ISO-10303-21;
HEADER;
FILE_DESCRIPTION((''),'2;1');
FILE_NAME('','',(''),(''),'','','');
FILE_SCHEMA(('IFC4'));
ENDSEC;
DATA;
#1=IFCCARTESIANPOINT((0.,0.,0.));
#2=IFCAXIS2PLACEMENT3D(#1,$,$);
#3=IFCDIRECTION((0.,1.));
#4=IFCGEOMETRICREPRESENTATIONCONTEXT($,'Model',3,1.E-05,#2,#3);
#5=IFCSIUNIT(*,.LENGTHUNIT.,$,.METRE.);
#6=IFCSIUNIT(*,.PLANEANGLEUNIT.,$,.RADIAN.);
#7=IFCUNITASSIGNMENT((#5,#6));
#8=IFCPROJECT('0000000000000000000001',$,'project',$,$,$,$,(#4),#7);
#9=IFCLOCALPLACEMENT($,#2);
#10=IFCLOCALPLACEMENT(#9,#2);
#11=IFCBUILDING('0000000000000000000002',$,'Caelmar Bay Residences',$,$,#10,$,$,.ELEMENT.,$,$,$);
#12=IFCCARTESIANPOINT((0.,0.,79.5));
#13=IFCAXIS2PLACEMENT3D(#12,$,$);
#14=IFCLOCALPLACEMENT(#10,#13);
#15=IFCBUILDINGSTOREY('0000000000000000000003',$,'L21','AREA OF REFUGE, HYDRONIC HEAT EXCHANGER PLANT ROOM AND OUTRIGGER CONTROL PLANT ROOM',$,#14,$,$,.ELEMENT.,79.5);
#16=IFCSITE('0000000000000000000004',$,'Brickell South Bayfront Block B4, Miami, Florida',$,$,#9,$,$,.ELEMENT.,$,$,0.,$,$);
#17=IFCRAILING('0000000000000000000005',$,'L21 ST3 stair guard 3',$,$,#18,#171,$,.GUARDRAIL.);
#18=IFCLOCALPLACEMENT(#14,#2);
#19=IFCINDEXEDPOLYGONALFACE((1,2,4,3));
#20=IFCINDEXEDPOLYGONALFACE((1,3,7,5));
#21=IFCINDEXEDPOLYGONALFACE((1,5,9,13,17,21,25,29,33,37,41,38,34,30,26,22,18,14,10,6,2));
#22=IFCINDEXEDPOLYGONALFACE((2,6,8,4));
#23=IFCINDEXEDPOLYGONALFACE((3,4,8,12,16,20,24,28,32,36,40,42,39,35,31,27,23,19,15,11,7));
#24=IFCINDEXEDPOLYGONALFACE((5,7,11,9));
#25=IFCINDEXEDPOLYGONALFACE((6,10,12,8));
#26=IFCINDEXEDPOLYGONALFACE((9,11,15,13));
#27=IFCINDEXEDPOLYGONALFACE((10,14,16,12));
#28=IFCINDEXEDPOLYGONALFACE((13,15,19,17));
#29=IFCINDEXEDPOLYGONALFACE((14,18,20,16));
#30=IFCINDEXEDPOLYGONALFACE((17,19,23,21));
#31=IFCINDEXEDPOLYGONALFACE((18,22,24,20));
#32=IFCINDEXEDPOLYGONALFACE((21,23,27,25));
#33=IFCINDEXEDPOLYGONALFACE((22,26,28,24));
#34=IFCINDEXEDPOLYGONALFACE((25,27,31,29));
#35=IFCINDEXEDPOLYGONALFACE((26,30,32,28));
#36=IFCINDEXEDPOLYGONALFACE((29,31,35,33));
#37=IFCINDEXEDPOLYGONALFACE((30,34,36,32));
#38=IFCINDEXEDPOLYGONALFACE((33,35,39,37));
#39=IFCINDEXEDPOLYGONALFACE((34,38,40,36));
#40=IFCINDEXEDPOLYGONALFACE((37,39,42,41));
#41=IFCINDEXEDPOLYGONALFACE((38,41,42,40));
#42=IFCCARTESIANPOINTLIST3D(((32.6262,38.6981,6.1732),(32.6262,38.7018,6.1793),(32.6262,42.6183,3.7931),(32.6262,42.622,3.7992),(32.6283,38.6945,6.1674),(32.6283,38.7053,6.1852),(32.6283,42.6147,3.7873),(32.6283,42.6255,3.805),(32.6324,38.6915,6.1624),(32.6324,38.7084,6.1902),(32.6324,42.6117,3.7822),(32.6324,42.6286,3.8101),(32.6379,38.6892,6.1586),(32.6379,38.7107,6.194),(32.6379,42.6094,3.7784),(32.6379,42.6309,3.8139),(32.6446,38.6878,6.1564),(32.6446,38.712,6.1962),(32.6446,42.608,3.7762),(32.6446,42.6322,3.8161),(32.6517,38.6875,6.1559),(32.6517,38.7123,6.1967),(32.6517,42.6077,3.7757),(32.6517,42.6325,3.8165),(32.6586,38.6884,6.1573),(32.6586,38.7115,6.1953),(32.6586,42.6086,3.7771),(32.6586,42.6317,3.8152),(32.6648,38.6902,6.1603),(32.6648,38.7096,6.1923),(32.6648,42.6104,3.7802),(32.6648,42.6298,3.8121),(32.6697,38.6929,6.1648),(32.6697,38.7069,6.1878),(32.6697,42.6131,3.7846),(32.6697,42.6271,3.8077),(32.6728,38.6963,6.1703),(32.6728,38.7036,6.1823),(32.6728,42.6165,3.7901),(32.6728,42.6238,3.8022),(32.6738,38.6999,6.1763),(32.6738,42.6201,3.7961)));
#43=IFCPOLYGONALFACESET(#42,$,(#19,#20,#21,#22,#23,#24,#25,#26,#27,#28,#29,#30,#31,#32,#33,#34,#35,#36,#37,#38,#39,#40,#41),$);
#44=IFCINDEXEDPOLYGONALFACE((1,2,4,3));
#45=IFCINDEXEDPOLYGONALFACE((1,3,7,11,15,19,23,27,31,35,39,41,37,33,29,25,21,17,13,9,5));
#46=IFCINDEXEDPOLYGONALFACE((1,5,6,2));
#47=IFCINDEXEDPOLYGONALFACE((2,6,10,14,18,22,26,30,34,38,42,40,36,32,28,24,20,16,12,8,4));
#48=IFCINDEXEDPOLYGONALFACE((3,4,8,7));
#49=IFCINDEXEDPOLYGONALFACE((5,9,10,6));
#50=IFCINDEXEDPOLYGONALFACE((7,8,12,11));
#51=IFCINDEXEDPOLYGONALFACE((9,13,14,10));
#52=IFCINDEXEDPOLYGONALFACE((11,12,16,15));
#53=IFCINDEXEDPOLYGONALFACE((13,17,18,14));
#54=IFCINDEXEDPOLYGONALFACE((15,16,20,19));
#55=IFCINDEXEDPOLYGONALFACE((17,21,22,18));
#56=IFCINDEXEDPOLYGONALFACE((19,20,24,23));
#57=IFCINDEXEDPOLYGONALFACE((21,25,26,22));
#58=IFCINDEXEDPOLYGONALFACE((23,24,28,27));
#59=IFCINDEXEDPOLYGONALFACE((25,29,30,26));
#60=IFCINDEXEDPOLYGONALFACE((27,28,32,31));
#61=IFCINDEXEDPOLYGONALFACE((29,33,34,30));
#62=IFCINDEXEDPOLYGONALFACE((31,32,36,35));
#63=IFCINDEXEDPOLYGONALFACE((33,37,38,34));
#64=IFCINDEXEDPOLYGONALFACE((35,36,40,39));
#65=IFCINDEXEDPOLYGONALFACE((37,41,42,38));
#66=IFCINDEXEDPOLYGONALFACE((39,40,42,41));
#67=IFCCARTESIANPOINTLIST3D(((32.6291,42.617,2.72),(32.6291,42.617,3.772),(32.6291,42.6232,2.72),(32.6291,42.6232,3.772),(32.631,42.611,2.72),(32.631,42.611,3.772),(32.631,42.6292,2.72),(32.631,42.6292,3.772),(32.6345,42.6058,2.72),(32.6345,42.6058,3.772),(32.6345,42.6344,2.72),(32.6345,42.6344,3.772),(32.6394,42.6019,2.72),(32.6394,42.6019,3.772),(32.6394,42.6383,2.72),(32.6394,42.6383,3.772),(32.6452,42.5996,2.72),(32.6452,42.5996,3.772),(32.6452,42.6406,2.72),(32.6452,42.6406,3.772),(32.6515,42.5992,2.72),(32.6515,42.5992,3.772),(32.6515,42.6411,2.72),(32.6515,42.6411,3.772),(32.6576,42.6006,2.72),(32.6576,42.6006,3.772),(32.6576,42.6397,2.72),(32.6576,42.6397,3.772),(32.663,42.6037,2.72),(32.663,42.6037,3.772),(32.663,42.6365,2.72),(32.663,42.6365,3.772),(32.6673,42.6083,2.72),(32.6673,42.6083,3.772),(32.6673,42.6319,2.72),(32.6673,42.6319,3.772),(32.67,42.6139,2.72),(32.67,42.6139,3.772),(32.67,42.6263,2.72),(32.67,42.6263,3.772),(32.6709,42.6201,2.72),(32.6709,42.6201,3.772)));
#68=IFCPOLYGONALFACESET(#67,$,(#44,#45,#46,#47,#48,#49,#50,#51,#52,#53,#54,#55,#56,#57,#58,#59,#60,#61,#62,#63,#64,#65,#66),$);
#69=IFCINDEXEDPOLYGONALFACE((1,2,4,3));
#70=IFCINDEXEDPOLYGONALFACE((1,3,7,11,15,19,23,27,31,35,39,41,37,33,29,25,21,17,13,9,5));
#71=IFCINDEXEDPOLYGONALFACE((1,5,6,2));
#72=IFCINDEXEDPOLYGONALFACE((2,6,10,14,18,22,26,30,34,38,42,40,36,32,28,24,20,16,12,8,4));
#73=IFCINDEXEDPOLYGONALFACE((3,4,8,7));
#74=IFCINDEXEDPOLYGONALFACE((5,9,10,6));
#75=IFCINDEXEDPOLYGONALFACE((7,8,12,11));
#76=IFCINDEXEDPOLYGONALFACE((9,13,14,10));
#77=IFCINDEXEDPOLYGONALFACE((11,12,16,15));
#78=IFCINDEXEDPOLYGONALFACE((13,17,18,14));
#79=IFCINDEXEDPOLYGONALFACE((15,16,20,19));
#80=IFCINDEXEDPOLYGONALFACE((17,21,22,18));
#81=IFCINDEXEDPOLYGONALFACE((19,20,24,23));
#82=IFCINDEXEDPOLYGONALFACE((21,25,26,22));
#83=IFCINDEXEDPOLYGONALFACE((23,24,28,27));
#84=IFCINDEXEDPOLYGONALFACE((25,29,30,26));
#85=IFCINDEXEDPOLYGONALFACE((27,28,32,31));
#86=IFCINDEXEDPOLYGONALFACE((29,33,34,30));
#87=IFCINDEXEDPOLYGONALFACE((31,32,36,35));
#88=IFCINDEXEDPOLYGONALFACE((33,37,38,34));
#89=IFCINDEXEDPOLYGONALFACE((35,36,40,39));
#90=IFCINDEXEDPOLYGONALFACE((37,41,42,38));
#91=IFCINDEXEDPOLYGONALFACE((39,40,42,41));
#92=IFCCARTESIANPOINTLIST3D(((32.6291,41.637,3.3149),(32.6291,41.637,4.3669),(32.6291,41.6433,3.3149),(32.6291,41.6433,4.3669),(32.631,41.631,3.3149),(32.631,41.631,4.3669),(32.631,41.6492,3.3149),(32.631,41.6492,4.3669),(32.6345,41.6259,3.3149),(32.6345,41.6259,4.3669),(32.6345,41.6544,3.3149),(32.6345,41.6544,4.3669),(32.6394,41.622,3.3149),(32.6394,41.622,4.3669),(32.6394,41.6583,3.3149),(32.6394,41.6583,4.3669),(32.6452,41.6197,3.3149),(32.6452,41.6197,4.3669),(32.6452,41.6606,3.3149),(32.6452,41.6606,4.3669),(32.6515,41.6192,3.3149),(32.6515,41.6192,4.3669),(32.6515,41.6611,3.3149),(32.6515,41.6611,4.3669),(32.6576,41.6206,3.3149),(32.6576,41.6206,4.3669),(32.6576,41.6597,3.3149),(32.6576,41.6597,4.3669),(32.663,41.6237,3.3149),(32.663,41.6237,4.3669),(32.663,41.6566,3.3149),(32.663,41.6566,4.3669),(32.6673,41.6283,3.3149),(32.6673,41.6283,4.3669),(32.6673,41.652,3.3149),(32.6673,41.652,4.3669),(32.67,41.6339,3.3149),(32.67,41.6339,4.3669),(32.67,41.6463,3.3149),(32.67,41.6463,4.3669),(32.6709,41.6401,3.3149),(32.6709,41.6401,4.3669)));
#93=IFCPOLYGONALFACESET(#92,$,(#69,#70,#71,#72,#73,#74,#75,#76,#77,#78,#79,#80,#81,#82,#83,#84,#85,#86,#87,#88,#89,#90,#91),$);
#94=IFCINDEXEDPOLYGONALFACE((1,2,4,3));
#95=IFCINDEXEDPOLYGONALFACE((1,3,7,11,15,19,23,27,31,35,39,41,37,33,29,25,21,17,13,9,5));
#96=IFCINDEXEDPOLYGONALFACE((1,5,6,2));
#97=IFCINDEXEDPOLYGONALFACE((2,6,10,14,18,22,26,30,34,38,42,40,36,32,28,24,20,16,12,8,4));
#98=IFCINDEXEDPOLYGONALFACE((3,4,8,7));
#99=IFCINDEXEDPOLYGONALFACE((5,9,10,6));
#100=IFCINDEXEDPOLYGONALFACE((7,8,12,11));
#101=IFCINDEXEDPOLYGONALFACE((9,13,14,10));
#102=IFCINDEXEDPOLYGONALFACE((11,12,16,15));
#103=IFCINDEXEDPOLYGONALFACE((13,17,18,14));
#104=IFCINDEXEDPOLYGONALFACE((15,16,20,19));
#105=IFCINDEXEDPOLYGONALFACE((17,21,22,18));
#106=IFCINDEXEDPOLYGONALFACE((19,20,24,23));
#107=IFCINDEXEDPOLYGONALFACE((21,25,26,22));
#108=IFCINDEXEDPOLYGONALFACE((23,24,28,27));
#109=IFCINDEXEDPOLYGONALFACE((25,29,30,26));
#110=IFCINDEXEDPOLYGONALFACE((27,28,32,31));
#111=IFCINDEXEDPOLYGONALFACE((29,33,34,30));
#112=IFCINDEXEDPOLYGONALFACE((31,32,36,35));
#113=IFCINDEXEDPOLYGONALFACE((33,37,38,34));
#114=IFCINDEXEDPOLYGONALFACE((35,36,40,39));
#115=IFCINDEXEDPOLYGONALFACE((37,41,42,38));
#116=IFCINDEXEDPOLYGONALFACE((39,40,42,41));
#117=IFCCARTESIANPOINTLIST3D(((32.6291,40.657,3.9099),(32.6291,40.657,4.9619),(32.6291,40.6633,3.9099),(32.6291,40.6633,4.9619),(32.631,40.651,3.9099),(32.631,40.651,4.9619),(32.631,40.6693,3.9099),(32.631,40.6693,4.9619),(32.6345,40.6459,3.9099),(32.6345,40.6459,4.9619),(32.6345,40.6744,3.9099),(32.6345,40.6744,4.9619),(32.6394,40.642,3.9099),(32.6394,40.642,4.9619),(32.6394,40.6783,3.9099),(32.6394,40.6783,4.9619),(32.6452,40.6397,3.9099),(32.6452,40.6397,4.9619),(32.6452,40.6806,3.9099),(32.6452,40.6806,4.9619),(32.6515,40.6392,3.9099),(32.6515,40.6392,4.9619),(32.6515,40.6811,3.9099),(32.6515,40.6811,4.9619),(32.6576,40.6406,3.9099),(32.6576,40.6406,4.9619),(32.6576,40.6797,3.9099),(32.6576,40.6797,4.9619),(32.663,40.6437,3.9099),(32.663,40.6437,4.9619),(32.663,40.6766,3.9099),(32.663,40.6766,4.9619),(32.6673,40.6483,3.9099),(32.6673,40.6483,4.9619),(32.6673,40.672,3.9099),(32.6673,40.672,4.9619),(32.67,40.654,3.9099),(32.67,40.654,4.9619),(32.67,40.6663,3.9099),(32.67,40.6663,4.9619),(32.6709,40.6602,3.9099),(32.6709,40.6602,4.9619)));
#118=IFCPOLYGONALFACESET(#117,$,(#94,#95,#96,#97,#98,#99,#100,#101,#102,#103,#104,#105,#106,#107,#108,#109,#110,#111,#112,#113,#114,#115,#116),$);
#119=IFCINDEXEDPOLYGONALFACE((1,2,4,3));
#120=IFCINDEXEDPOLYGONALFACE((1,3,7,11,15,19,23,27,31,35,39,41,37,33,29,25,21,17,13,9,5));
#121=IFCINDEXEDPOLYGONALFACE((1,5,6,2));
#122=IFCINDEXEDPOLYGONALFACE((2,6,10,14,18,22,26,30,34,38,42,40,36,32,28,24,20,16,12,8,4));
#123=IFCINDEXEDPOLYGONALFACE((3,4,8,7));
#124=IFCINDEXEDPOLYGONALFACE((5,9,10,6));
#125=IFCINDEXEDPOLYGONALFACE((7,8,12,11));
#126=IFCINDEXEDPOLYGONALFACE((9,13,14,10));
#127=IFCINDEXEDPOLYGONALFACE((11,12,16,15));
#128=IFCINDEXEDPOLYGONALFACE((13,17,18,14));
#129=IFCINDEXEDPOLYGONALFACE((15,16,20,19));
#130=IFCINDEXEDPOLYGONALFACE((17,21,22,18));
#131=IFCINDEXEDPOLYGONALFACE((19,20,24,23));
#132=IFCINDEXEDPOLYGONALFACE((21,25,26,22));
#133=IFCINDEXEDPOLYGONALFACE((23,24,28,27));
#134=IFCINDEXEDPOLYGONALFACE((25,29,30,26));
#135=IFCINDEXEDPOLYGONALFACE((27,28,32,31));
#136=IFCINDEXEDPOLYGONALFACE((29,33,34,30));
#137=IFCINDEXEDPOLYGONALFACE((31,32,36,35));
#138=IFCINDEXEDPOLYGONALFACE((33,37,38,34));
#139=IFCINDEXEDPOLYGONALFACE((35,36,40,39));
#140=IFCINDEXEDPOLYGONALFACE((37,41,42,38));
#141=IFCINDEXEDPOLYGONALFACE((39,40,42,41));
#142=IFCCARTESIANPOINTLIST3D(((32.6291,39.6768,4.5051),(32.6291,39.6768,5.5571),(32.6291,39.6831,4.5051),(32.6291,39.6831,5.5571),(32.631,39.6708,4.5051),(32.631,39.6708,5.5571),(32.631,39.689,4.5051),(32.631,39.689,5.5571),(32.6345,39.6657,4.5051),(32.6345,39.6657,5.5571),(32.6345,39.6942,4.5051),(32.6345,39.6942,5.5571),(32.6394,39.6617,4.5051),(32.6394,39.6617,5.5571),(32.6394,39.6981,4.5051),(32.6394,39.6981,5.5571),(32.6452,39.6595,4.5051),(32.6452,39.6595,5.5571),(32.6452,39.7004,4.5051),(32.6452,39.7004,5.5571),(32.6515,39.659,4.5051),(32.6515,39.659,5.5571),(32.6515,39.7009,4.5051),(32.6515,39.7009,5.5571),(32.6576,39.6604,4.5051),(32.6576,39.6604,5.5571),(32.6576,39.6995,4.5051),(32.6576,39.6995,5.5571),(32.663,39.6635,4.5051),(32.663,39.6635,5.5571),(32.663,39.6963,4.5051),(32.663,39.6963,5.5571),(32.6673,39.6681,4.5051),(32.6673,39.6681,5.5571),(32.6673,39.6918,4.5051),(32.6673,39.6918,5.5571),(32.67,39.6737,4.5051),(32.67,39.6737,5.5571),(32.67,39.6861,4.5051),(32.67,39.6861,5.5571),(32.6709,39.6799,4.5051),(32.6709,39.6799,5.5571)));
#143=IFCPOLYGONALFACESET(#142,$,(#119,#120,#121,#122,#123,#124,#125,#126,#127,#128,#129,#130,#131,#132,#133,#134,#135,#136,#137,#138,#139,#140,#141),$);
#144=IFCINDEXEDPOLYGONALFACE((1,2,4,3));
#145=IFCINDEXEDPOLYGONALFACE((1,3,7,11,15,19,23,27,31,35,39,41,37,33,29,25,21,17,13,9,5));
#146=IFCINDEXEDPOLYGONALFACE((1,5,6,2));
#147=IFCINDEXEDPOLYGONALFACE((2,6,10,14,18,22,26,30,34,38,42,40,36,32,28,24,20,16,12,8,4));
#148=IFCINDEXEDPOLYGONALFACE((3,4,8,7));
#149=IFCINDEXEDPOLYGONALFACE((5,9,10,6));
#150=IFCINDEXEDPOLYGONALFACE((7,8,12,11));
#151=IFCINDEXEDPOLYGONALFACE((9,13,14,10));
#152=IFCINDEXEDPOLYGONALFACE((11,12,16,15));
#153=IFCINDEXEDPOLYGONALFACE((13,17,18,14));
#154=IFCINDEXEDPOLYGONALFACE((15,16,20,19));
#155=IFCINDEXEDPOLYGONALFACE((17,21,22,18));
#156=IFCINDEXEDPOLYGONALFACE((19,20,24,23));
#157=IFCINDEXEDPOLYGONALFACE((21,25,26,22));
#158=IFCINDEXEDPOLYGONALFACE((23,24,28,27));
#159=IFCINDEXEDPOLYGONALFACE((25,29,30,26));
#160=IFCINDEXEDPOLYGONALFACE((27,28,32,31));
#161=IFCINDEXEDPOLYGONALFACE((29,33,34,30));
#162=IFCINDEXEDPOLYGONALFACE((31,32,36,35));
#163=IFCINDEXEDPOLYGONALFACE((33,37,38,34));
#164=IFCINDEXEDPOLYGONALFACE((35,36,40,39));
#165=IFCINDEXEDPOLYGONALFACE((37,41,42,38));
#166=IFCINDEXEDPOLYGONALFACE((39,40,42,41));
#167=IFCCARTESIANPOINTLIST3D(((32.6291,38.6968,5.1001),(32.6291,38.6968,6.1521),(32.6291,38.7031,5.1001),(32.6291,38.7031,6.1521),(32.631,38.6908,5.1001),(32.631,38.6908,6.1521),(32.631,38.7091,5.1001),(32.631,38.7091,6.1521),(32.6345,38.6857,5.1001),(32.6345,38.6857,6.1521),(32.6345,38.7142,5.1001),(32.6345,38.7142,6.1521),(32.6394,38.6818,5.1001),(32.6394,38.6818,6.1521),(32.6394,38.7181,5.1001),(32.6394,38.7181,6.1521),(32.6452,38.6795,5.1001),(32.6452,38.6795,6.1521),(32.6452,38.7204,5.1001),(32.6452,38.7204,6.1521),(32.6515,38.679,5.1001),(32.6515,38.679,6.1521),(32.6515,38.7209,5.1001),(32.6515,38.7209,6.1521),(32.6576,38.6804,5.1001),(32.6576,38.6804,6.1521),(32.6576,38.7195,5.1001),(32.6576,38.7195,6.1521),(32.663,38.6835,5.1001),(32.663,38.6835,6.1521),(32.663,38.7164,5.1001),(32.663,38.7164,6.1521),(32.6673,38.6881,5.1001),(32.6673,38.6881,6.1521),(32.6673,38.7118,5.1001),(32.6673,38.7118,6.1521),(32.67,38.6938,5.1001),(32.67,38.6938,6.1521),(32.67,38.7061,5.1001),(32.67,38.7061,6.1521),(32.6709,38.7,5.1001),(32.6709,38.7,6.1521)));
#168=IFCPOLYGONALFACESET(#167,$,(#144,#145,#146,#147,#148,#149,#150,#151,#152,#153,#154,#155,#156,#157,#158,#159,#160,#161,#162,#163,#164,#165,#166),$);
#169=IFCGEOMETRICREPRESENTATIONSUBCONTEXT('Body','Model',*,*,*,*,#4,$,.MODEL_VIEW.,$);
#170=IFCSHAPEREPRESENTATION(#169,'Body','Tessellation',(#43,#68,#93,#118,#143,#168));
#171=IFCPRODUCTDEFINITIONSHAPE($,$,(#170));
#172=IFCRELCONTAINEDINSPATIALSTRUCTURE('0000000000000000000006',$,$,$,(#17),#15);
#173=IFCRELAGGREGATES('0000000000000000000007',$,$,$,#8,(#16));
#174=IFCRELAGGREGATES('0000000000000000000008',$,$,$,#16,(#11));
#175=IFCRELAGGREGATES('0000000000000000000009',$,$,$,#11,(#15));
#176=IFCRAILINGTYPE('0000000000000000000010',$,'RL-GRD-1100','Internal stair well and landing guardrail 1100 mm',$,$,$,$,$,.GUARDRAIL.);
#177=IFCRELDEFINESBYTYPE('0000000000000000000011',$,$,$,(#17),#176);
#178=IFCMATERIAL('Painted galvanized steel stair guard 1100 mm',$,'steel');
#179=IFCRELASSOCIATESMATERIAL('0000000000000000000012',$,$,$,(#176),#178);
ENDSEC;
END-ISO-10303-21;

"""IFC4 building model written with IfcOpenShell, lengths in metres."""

from ifc_helpers import new_model, si_unit, direction, frame, origin, origin_2d, place, context, subcontext, project, spatial, circle, extrude, material, type_object, element, save


model = new_model("IFC4")

# Units and contexts
model_context = context("Model", 3, precision=1e-05, world=origin(), true_north=direction((0.0, 1.0)))
body_context = subcontext(model_context, "Body", "Model", "MODEL_VIEW")
ifc_project = project(units=[si_unit("LENGTHUNIT", "METRE"), si_unit("PLANEANGLEUNIT", "RADIAN")], contexts=[model_context])

# Site, building, storey
site_placement = place(None, origin())
site = spatial("IfcSite", under=ifc_project, at=site_placement, Name="Brickell South Bayfront Block B4, Miami, Florida", CompositionType="ELEMENT", RefElevation=0.0)
building_placement = place(site_placement, origin())
building = spatial("IfcBuilding", under=site, at=building_placement, Name="Caelmar Bay Residences", CompositionType="ELEMENT")
storey_placement = place(building_placement, frame((0.0, 0.0, 79.5)))
storey = spatial("IfcBuildingStorey", under=building, at=storey_placement, Name="L21", Description="AREA OF REFUGE, HYDRONIC HEAT EXCHANGER PLANT ROOM AND OUTRIGGER CONTROL PLANT ROOM", CompositionType="ELEMENT", Elevation=79.5)

# Railing
ifc_material_1 = material(Name="Painted galvanized steel stair guard 1100 mm", Category="steel")
railing_type_1 = type_object("IfcRailingType", Name="RL-GRD-1100", Description="Internal stair well and landing guardrail 1100 mm", PredefinedType="GUARDRAIL", material=ifc_material_1)
railing_1_placement = place(storey_placement, frame((32.6499, 42.6201, 2.72)))
element("IfcRailing", 1, at=railing_1_placement, inside=storey, type_object=railing_type_1, Name="L21 ST3 stair guard 3", PredefinedType="GUARDRAIL", context=body_context, shape_type="SweptSolid", body=[
    extrude(circle(Radius=0.0239, at=origin_2d()), frame((0.0, 0.0, 1.0762), z_axis=(0.0, -0.854785, 0.518982), x_axis=(1.0, 0.0, 0.0)), (0.0, 0.0, 1.0), 4.5862),
    extrude(circle(Radius=0.021, at=origin_2d()), origin(), (0.0, 0.0, 1.0), 1.052),
    extrude(circle(Radius=0.021, at=origin_2d()), frame((0.0, -0.98, 0.595)), (0.0, 0.0, 1.0), 1.052),
    extrude(circle(Radius=0.021, at=origin_2d()), frame((0.0, -1.96, 1.1899)), (0.0, 0.0, 1.0), 1.052),
    extrude(circle(Radius=0.021, at=origin_2d()), frame((0.0, -2.9402, 1.7852)), (0.0, 0.0, 1.0), 1.052),
    extrude(circle(Radius=0.021, at=origin_2d()), frame((0.0, -3.9202, 2.3801)), (0.0, 0.0, 1.0), 1.052),
])

save(model, "model.ifc")
